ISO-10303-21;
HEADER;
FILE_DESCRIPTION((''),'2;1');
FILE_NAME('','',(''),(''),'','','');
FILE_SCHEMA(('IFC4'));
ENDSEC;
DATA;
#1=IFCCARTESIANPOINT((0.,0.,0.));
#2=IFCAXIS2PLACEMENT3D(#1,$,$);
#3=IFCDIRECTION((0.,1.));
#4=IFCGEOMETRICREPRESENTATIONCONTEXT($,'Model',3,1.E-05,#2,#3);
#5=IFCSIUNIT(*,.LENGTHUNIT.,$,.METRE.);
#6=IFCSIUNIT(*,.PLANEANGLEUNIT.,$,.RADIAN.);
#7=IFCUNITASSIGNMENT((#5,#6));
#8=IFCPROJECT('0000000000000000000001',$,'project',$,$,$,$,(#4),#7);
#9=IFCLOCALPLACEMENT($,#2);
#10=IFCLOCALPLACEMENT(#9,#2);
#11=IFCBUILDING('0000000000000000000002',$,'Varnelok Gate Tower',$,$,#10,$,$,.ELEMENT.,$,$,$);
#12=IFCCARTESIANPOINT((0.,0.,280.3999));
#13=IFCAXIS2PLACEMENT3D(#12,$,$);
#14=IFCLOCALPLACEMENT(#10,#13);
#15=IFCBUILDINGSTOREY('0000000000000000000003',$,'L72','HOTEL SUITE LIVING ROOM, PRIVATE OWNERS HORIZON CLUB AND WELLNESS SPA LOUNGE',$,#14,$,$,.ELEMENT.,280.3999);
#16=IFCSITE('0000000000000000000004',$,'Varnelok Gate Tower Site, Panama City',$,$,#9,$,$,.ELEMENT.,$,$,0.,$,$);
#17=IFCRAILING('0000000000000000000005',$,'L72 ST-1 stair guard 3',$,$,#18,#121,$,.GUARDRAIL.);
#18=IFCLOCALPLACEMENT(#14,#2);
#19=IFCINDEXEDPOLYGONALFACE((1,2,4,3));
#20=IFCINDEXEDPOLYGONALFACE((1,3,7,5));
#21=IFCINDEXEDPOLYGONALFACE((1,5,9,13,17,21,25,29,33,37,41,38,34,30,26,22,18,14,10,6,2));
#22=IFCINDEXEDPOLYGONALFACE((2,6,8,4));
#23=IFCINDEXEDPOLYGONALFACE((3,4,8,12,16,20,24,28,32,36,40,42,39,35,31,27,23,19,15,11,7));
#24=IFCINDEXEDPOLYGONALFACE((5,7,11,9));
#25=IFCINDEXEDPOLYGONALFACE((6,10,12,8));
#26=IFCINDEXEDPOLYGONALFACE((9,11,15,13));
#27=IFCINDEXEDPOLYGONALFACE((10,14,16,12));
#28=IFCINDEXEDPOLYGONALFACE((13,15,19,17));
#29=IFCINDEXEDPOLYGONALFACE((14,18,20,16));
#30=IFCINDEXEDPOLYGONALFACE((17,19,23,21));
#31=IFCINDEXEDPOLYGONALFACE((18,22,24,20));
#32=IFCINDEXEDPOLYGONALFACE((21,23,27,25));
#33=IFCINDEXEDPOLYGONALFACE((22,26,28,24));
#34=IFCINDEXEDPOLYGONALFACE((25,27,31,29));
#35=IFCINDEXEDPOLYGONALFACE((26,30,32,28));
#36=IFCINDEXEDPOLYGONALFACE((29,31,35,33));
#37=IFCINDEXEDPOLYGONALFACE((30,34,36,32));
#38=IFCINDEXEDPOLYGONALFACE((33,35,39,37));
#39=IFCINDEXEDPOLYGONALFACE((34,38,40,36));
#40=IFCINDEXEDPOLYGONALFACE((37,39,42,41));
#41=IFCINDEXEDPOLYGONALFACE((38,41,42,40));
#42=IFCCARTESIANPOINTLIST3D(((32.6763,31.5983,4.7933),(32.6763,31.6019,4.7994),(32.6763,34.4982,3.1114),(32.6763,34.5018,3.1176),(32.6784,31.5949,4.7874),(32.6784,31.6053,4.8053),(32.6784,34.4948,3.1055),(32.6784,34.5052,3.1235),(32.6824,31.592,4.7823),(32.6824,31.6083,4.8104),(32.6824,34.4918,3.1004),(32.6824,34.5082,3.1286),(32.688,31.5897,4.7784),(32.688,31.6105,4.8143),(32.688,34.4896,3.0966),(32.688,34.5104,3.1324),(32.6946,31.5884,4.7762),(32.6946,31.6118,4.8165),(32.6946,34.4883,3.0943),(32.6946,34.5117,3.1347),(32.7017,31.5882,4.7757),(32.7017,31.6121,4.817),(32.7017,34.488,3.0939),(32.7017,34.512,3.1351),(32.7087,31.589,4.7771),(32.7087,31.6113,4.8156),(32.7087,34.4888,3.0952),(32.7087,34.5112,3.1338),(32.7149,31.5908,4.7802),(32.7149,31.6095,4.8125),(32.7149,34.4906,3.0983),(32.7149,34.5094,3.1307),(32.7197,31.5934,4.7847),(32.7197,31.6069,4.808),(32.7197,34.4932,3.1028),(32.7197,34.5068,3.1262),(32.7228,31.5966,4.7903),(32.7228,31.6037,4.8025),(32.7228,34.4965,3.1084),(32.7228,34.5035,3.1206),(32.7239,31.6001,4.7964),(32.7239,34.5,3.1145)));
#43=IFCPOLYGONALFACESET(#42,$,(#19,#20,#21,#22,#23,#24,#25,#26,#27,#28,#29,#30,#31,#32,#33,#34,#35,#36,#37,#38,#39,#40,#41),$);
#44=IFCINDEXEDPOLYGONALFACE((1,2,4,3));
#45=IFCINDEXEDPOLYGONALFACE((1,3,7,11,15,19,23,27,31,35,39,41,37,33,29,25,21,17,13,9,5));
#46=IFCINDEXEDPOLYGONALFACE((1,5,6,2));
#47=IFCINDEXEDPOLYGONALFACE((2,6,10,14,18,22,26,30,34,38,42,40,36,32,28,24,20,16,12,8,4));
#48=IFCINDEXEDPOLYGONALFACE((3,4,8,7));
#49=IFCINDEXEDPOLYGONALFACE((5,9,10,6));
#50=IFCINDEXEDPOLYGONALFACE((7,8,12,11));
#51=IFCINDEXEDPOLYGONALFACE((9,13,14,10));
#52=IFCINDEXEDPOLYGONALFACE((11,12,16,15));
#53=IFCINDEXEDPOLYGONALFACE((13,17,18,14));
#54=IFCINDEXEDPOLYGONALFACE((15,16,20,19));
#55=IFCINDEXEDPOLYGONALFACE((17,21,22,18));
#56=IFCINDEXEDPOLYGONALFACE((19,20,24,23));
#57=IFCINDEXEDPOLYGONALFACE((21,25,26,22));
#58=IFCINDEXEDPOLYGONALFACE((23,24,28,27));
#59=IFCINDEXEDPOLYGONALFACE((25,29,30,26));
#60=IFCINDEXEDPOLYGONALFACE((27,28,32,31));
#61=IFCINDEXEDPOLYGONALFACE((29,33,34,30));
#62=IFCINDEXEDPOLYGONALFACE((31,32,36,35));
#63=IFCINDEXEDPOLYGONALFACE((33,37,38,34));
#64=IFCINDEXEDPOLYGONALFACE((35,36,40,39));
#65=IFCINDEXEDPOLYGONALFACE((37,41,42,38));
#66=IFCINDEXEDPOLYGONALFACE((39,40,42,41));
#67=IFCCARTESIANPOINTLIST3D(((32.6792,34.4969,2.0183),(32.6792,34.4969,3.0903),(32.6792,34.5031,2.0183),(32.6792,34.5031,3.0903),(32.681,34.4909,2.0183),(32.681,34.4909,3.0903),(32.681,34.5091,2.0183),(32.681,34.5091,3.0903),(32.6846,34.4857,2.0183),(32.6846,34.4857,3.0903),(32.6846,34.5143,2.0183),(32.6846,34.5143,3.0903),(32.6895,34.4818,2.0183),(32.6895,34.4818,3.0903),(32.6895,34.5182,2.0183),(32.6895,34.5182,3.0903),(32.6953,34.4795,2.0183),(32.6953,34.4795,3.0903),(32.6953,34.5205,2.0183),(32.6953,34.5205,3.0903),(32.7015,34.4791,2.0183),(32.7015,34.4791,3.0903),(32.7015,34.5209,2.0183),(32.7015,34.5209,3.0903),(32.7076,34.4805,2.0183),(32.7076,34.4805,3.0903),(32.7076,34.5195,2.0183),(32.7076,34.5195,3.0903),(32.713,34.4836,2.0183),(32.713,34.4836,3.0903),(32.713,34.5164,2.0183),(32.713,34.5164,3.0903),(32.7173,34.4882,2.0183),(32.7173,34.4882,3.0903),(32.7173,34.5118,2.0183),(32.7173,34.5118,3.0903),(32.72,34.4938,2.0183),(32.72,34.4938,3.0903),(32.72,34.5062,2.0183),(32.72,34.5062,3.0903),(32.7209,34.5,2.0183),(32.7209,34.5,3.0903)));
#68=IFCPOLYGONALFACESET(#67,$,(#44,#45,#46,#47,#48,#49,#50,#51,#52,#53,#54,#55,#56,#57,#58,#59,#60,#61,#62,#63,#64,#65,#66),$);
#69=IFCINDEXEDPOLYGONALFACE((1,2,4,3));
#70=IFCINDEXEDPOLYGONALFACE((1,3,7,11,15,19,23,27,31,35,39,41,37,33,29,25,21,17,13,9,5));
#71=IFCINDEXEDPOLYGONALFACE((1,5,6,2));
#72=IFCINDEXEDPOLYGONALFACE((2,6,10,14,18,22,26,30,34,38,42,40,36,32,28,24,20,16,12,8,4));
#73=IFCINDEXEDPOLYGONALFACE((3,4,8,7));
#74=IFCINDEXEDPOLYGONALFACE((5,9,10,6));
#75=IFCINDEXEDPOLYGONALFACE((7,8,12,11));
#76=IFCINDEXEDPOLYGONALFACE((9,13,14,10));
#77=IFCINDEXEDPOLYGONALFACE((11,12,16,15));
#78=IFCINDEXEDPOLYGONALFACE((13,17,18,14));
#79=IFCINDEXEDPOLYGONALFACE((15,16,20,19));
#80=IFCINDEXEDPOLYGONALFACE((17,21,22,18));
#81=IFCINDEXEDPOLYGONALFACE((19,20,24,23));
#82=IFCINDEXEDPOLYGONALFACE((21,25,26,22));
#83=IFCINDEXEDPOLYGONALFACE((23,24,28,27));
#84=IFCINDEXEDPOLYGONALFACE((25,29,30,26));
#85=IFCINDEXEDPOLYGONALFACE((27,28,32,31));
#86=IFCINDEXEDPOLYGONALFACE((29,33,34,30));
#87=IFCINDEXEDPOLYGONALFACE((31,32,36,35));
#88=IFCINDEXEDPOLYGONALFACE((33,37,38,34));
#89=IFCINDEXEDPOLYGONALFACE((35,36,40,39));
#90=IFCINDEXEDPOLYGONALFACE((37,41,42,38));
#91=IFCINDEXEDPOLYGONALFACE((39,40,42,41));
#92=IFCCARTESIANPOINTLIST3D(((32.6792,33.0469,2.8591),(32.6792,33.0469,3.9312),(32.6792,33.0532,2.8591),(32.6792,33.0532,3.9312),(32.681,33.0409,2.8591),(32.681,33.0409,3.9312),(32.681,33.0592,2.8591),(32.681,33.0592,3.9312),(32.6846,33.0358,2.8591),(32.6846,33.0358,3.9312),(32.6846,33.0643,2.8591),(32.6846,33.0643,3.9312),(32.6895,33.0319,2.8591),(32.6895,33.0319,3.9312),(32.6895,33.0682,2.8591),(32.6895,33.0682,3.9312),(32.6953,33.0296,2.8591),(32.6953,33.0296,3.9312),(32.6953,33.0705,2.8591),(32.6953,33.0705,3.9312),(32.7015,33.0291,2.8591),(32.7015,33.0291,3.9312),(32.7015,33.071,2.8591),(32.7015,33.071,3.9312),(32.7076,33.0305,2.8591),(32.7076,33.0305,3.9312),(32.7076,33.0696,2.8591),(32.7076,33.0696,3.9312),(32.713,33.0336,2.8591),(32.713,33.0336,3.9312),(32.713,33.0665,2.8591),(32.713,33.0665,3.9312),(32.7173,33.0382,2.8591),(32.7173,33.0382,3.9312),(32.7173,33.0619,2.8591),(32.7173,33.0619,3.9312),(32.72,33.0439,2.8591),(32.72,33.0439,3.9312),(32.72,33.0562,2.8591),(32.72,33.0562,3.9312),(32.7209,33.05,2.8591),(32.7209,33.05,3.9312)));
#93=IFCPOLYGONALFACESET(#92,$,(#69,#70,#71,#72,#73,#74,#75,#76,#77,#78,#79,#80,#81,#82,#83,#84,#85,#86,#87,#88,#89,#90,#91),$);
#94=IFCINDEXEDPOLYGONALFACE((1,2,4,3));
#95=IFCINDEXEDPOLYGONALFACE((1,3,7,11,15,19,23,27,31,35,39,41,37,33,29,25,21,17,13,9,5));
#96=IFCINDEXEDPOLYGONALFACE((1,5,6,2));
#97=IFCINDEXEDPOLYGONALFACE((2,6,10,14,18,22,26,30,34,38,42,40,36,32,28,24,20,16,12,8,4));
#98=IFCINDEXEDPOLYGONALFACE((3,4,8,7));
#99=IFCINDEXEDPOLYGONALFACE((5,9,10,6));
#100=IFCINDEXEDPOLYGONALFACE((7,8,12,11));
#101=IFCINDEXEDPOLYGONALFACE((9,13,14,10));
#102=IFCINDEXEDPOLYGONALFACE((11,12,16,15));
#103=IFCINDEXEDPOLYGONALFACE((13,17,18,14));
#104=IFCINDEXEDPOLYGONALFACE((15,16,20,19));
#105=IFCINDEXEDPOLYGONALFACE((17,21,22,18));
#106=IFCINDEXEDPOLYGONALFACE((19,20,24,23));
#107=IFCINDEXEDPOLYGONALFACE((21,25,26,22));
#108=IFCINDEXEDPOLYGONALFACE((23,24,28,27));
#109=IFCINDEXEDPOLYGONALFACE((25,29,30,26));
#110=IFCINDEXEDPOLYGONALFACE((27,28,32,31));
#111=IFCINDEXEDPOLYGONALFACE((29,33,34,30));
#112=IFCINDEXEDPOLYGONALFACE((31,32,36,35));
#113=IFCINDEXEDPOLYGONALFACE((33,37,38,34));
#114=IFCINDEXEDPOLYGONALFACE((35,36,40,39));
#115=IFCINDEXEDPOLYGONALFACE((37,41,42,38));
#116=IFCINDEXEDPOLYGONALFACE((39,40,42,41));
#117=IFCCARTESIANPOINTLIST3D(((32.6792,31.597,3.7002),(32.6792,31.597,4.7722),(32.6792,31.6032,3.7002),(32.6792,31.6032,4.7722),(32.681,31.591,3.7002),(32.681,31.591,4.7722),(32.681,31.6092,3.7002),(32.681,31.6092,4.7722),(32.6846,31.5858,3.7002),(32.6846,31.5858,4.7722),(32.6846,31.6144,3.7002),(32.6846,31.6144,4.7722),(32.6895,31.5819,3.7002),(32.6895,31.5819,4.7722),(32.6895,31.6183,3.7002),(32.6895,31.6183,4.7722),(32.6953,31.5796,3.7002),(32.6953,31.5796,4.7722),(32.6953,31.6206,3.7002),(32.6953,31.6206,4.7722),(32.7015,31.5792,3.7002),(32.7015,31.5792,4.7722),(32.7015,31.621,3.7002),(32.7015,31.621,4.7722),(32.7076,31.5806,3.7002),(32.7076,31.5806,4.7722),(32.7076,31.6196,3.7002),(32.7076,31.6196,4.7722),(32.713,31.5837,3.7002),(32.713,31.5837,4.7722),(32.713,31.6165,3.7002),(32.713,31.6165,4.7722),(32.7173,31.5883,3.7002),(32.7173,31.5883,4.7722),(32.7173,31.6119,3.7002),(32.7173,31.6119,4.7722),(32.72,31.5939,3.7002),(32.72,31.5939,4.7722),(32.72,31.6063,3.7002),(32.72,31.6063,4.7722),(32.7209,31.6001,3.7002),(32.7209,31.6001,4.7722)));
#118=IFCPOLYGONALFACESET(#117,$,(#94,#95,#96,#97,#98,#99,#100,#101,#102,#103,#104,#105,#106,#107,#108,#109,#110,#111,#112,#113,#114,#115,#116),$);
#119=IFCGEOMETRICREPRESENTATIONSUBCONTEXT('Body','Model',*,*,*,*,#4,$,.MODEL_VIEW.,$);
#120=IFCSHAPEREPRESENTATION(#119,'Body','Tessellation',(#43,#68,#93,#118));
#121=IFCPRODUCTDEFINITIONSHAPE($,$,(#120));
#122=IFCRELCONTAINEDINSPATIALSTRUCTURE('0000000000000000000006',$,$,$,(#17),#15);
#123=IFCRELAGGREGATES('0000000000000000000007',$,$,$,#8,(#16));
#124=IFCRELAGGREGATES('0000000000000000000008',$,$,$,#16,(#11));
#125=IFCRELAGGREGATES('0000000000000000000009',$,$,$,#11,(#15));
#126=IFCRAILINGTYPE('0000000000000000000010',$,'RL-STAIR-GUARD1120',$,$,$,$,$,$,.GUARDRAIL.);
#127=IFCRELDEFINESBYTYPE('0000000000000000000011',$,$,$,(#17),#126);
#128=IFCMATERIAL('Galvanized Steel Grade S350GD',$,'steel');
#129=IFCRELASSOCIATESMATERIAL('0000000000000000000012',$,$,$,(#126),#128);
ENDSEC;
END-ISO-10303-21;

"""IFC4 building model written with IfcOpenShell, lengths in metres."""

from ifc_helpers import new_model, si_unit, direction, frame, origin, origin_2d, place, context, subcontext, project, spatial, circle, extrude, material, type_object, element, save


model = new_model("IFC4")

# Units and contexts
model_context = context("Model", 3, precision=1e-05, world=origin(), true_north=direction((0.0, 1.0)))
body_context = subcontext(model_context, "Body", "Model", "MODEL_VIEW")
ifc_project = project(units=[si_unit("LENGTHUNIT", "METRE"), si_unit("PLANEANGLEUNIT", "RADIAN")], contexts=[model_context])

# Site, building, storey
site_placement = place(None, origin())
site = spatial("IfcSite", under=ifc_project, at=site_placement, Name="Varnelok Gate Tower Site, Panama City", CompositionType="ELEMENT", RefElevation=0.0)
building_placement = place(site_placement, origin())
building = spatial("IfcBuilding", under=site, at=building_placement, Name="Varnelok Gate Tower", CompositionType="ELEMENT")
storey_placement = place(building_placement, frame((0.0, 0.0, 280.3999)))
storey = spatial("IfcBuildingStorey", under=building, at=storey_placement, Name="L72", Description="HOTEL SUITE LIVING ROOM, PRIVATE OWNERS HORIZON CLUB AND WELLNESS SPA LOUNGE", CompositionType="ELEMENT", Elevation=280.3999)

# Shared definitions
ifc_material_1 = material(Name="Galvanized Steel Grade S350GD", Category="steel")

# Railing
railing_type_1 = type_object("IfcRailingType", Name="RL-STAIR-GUARD1120", PredefinedType="GUARDRAIL", material=ifc_material_1)
railing_1_placement = place(storey_placement, frame((32.7, 34.5, 2.0183)))
element("IfcRailing", 1, at=railing_1_placement, inside=storey, type_object=railing_type_1, Name="L72 ST-1 stair guard 3", PredefinedType="GUARDRAIL", context=body_context, shape_type="SweptSolid", body=[
    extrude(circle(Radius=0.0239, at=origin_2d()), frame((0.0, 0.0, 1.0962), z_axis=(0.0, -0.865039, 0.501705), x_axis=(1.0, 0.0, 0.0)), (0.0, 0.0, 1.0), 3.3523),
    extrude(circle(Radius=0.021, at=origin_2d()), origin(), (0.0, 0.0, 1.0), 1.072),
    extrude(circle(Radius=0.021, at=origin_2d()), frame((0.0, -1.45, 0.8408)), (0.0, 0.0, 1.0), 1.072),
    extrude(circle(Radius=0.021, at=origin_2d()), frame((0.0, -2.8999, 1.6819)), (0.0, 0.0, 1.0), 1.072),
])

save(model, "model.ifc")
